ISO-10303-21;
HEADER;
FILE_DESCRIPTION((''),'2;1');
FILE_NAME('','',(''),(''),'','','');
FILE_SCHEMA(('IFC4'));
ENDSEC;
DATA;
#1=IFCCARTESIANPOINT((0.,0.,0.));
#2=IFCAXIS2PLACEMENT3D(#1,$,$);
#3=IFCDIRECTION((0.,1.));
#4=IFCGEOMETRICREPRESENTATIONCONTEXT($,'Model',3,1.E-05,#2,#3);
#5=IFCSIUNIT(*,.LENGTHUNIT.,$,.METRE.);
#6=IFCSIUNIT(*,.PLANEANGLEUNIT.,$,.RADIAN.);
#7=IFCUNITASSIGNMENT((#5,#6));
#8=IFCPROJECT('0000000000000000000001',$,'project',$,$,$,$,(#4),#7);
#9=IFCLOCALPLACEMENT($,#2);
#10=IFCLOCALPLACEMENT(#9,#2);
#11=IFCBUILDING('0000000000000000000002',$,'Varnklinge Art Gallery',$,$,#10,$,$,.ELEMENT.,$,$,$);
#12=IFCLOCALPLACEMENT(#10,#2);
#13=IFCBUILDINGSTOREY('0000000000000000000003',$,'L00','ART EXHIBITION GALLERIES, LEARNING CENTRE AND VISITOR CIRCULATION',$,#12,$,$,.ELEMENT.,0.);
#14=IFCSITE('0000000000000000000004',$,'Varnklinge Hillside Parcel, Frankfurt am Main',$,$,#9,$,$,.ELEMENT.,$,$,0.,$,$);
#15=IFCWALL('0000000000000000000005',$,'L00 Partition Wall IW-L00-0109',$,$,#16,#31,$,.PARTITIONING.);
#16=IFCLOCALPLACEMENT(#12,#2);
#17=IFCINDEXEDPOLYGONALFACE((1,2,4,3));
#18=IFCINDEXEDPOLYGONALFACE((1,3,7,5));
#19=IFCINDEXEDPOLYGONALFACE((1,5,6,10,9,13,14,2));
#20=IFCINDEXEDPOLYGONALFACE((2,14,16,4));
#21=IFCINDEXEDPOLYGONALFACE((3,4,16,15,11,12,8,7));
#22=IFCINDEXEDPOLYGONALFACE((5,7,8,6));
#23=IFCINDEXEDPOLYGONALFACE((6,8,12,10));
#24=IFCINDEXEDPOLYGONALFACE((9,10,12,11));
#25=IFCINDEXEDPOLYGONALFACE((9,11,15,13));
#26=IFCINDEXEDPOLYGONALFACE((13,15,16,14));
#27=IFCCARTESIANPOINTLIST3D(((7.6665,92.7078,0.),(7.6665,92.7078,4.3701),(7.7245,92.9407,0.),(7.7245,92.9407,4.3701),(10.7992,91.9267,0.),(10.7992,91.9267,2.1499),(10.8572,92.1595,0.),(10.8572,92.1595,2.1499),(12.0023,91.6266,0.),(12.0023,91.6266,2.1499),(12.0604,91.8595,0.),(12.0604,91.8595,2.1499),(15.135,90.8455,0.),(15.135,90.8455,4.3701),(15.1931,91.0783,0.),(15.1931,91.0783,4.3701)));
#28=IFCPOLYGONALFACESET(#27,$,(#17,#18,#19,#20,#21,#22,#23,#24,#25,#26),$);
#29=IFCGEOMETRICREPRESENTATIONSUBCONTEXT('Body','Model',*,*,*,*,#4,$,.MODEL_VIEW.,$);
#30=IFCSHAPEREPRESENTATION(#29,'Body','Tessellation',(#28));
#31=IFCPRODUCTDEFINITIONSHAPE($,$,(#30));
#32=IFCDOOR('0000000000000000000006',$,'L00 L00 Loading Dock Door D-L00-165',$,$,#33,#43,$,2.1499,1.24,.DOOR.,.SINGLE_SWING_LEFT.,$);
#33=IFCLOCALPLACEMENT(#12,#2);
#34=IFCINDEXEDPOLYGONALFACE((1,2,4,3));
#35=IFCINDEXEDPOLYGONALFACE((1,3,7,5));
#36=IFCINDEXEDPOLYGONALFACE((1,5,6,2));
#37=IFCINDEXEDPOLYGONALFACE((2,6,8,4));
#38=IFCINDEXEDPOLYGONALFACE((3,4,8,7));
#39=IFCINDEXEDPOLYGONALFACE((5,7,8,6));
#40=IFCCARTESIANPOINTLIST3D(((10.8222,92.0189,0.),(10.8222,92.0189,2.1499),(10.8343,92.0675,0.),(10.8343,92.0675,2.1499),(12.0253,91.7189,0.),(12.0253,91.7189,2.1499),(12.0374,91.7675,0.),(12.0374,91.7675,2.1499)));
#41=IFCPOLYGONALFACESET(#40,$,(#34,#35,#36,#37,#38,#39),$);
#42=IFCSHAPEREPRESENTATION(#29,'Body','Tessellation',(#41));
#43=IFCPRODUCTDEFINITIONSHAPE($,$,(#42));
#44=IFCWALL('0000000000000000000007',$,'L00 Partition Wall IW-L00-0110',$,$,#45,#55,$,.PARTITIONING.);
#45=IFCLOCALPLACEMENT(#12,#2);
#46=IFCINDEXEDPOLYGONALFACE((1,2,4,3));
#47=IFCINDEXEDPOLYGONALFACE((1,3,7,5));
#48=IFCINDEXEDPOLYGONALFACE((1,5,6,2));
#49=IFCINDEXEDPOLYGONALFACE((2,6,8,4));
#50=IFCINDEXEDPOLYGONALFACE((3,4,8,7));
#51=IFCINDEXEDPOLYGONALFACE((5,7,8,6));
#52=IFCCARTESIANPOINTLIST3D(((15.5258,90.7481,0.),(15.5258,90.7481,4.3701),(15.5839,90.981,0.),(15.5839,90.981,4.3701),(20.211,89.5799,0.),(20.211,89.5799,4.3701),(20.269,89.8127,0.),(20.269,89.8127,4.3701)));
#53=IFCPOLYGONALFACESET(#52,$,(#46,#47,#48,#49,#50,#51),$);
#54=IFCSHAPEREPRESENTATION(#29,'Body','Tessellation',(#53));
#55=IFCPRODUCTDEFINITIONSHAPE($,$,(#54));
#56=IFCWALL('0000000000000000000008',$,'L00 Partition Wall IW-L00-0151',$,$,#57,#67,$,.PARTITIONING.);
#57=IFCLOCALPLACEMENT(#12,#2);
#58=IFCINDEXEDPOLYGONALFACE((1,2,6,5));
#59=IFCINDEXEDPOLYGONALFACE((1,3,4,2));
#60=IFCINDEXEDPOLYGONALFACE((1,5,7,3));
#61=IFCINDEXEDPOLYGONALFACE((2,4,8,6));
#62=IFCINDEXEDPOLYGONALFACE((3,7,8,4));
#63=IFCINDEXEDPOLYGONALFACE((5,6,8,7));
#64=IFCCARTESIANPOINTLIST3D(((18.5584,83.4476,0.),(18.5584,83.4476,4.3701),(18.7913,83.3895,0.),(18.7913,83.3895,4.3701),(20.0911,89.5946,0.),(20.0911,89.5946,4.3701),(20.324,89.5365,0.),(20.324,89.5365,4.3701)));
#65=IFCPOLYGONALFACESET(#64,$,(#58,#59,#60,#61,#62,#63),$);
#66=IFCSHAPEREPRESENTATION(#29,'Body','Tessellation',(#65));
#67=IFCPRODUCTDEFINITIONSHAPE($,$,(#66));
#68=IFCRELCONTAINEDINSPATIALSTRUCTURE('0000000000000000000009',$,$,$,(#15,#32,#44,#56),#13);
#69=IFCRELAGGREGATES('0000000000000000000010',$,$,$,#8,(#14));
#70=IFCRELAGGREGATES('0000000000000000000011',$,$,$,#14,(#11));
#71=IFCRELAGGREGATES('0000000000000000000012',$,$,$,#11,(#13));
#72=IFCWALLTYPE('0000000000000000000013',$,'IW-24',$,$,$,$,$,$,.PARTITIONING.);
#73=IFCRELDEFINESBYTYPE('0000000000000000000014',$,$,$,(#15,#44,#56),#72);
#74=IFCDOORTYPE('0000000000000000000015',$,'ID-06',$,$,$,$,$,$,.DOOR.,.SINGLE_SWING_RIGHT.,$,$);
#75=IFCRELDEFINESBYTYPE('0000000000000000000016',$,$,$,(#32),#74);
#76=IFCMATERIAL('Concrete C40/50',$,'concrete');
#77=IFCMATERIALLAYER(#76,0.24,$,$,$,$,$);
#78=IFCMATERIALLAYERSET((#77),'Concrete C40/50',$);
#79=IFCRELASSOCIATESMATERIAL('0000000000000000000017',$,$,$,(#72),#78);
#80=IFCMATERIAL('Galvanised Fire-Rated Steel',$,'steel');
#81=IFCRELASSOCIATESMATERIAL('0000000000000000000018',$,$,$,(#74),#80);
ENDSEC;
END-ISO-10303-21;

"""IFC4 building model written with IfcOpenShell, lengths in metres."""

from ifc_helpers import new_model, si_unit, direction, frame, frame_2d, origin, place, context, subcontext, project, spatial, rectangle, extrude, material, layer, layer_set, type_object, element, fill, save


model = new_model("IFC4")

# Units and contexts
model_context = context("Model", 3, precision=1e-05, world=origin(), true_north=direction((0.0, 1.0)))
body_context = subcontext(model_context, "Body", "Model", "MODEL_VIEW")
ifc_project = project(units=[si_unit("LENGTHUNIT", "METRE"), si_unit("PLANEANGLEUNIT", "RADIAN")], contexts=[model_context])

# Site, building, storey
site_placement = place(None, origin())
site = spatial("IfcSite", under=ifc_project, at=site_placement, Name="Varnklinge Hillside Parcel, Frankfurt am Main", CompositionType="ELEMENT", RefElevation=0.0)
building_placement = place(site_placement, origin())
building = spatial("IfcBuilding", under=site, at=building_placement, Name="Varnklinge Art Gallery", CompositionType="ELEMENT")
storey_placement = place(building_placement, origin())
storey = spatial("IfcBuildingStorey", under=building, at=storey_placement, Name="L00", Description="ART EXHIBITION GALLERIES, LEARNING CENTRE AND VISITOR CIRCULATION", CompositionType="ELEMENT", Elevation=0.0)

# Wall, opening, door
ifc_material_1 = material(Name="Concrete C40/50", Category="concrete")
ifc_layer_1 = layer(ifc_material_1, 0.24)
ifc_layer_set_1 = layer_set([ifc_layer_1], Name="Concrete C40/50")
wall_type_1 = type_object("IfcWallType", Name="IW-24", PredefinedType="PARTITIONING", material=ifc_layer_set_1)
wall_1_placement = place(storey_placement, frame((15.1641, 90.9619, 0.0), z_axis=(0.0, 0.0, 1.0), x_axis=(-0.97029, 0.241946, 0.0)))
wall_1 = element("IfcWall", 1, at=wall_1_placement, inside=storey, type_object=wall_type_1, Name="L00 Partition Wall IW-L00-0109", PredefinedType="PARTITIONING", context=body_context, shape_type="SweptSolid", body=[
    extrude(rectangle(XDim=7.6973, YDim=0.24, at=frame_2d((3.8486, 0.0))), origin(), (0.0, 0.0, 1.0), 4.3701),
])
opening_1_placement = place(wall_1_placement, frame((3.2285, 0.0, 0.0)))
opening_1 = element("IfcOpeningElement", 2, at=opening_1_placement, cuts=wall_1, PredefinedType="OPENING", context=body_context, shape_type="SweptSolid", body=[
    extrude(rectangle(XDim=1.24, YDim=2.1499, at=frame_2d((0.6201, 1.075))), frame((0.0, 0.1301, 0.0), z_axis=(0.0, -1.0, 0.0), x_axis=(1.0, 0.0, 0.0)), (0.0, 0.0, 1.0), 0.26),
])
ifc_material_2 = material(Name="Galvanised Fire-Rated Steel", Category="steel")
door_type_1 = type_object("IfcDoorType", Name="ID-06", OperationType="SINGLE_SWING_RIGHT", PredefinedType="DOOR", material=ifc_material_2)
door_1_placement = place(opening_1_placement, origin())
door_1 = element("IfcDoor", 3, at=door_1_placement, inside=storey, type_object=door_type_1, Name="L00 L00 Loading Dock Door D-L00-165", OperationType="SINGLE_SWING_LEFT", OverallHeight=2.1499, OverallWidth=1.24, PredefinedType="DOOR", context=body_context, shape_type="SweptSolid", body=[
    extrude(rectangle(XDim=1.24, YDim=2.1499, at=frame_2d((0.6201, 1.075))), frame((0.0, 0.0249, 0.0), z_axis=(0.0, -1.0, 0.0), x_axis=(1.0, 0.0, 0.0)), (0.0, 0.0, 1.0), 0.05),
])
fill(opening_1, door_1)

# Walls
wall_2_placement = place(storey_placement, frame((20.24, 89.6963, 0.0), z_axis=(0.0, 0.0, 1.0), x_axis=(-0.970291, 0.241941, 0.0)))
element("IfcWall", 4, at=wall_2_placement, inside=storey, type_object=wall_type_1, Name="L00 Partition Wall IW-L00-0110", PredefinedType="PARTITIONING", context=body_context, shape_type="SweptSolid", body=[
    extrude(rectangle(XDim=4.8286, YDim=0.24, at=frame_2d((2.4143, 0.0))), origin(), (0.0, 0.0, 1.0), 4.3701),
])
wall_3_placement = place(storey_placement, frame((20.2075, 89.5654, 0.0), z_axis=(0.0, 0.0, 1.0), x_axis=(-0.241937, -0.970292, 0.0)))
element("IfcWall", 5, at=wall_3_placement, inside=storey, type_object=wall_type_1, Name="L00 Partition Wall IW-L00-0151", PredefinedType="PARTITIONING", context=body_context, shape_type="SweptSolid", body=[
    extrude(rectangle(XDim=6.3352, YDim=0.24, at=frame_2d((3.1675, 0.0))), origin(), (0.0, 0.0, 1.0), 4.3701),
])

save(model, "model.ifc")
